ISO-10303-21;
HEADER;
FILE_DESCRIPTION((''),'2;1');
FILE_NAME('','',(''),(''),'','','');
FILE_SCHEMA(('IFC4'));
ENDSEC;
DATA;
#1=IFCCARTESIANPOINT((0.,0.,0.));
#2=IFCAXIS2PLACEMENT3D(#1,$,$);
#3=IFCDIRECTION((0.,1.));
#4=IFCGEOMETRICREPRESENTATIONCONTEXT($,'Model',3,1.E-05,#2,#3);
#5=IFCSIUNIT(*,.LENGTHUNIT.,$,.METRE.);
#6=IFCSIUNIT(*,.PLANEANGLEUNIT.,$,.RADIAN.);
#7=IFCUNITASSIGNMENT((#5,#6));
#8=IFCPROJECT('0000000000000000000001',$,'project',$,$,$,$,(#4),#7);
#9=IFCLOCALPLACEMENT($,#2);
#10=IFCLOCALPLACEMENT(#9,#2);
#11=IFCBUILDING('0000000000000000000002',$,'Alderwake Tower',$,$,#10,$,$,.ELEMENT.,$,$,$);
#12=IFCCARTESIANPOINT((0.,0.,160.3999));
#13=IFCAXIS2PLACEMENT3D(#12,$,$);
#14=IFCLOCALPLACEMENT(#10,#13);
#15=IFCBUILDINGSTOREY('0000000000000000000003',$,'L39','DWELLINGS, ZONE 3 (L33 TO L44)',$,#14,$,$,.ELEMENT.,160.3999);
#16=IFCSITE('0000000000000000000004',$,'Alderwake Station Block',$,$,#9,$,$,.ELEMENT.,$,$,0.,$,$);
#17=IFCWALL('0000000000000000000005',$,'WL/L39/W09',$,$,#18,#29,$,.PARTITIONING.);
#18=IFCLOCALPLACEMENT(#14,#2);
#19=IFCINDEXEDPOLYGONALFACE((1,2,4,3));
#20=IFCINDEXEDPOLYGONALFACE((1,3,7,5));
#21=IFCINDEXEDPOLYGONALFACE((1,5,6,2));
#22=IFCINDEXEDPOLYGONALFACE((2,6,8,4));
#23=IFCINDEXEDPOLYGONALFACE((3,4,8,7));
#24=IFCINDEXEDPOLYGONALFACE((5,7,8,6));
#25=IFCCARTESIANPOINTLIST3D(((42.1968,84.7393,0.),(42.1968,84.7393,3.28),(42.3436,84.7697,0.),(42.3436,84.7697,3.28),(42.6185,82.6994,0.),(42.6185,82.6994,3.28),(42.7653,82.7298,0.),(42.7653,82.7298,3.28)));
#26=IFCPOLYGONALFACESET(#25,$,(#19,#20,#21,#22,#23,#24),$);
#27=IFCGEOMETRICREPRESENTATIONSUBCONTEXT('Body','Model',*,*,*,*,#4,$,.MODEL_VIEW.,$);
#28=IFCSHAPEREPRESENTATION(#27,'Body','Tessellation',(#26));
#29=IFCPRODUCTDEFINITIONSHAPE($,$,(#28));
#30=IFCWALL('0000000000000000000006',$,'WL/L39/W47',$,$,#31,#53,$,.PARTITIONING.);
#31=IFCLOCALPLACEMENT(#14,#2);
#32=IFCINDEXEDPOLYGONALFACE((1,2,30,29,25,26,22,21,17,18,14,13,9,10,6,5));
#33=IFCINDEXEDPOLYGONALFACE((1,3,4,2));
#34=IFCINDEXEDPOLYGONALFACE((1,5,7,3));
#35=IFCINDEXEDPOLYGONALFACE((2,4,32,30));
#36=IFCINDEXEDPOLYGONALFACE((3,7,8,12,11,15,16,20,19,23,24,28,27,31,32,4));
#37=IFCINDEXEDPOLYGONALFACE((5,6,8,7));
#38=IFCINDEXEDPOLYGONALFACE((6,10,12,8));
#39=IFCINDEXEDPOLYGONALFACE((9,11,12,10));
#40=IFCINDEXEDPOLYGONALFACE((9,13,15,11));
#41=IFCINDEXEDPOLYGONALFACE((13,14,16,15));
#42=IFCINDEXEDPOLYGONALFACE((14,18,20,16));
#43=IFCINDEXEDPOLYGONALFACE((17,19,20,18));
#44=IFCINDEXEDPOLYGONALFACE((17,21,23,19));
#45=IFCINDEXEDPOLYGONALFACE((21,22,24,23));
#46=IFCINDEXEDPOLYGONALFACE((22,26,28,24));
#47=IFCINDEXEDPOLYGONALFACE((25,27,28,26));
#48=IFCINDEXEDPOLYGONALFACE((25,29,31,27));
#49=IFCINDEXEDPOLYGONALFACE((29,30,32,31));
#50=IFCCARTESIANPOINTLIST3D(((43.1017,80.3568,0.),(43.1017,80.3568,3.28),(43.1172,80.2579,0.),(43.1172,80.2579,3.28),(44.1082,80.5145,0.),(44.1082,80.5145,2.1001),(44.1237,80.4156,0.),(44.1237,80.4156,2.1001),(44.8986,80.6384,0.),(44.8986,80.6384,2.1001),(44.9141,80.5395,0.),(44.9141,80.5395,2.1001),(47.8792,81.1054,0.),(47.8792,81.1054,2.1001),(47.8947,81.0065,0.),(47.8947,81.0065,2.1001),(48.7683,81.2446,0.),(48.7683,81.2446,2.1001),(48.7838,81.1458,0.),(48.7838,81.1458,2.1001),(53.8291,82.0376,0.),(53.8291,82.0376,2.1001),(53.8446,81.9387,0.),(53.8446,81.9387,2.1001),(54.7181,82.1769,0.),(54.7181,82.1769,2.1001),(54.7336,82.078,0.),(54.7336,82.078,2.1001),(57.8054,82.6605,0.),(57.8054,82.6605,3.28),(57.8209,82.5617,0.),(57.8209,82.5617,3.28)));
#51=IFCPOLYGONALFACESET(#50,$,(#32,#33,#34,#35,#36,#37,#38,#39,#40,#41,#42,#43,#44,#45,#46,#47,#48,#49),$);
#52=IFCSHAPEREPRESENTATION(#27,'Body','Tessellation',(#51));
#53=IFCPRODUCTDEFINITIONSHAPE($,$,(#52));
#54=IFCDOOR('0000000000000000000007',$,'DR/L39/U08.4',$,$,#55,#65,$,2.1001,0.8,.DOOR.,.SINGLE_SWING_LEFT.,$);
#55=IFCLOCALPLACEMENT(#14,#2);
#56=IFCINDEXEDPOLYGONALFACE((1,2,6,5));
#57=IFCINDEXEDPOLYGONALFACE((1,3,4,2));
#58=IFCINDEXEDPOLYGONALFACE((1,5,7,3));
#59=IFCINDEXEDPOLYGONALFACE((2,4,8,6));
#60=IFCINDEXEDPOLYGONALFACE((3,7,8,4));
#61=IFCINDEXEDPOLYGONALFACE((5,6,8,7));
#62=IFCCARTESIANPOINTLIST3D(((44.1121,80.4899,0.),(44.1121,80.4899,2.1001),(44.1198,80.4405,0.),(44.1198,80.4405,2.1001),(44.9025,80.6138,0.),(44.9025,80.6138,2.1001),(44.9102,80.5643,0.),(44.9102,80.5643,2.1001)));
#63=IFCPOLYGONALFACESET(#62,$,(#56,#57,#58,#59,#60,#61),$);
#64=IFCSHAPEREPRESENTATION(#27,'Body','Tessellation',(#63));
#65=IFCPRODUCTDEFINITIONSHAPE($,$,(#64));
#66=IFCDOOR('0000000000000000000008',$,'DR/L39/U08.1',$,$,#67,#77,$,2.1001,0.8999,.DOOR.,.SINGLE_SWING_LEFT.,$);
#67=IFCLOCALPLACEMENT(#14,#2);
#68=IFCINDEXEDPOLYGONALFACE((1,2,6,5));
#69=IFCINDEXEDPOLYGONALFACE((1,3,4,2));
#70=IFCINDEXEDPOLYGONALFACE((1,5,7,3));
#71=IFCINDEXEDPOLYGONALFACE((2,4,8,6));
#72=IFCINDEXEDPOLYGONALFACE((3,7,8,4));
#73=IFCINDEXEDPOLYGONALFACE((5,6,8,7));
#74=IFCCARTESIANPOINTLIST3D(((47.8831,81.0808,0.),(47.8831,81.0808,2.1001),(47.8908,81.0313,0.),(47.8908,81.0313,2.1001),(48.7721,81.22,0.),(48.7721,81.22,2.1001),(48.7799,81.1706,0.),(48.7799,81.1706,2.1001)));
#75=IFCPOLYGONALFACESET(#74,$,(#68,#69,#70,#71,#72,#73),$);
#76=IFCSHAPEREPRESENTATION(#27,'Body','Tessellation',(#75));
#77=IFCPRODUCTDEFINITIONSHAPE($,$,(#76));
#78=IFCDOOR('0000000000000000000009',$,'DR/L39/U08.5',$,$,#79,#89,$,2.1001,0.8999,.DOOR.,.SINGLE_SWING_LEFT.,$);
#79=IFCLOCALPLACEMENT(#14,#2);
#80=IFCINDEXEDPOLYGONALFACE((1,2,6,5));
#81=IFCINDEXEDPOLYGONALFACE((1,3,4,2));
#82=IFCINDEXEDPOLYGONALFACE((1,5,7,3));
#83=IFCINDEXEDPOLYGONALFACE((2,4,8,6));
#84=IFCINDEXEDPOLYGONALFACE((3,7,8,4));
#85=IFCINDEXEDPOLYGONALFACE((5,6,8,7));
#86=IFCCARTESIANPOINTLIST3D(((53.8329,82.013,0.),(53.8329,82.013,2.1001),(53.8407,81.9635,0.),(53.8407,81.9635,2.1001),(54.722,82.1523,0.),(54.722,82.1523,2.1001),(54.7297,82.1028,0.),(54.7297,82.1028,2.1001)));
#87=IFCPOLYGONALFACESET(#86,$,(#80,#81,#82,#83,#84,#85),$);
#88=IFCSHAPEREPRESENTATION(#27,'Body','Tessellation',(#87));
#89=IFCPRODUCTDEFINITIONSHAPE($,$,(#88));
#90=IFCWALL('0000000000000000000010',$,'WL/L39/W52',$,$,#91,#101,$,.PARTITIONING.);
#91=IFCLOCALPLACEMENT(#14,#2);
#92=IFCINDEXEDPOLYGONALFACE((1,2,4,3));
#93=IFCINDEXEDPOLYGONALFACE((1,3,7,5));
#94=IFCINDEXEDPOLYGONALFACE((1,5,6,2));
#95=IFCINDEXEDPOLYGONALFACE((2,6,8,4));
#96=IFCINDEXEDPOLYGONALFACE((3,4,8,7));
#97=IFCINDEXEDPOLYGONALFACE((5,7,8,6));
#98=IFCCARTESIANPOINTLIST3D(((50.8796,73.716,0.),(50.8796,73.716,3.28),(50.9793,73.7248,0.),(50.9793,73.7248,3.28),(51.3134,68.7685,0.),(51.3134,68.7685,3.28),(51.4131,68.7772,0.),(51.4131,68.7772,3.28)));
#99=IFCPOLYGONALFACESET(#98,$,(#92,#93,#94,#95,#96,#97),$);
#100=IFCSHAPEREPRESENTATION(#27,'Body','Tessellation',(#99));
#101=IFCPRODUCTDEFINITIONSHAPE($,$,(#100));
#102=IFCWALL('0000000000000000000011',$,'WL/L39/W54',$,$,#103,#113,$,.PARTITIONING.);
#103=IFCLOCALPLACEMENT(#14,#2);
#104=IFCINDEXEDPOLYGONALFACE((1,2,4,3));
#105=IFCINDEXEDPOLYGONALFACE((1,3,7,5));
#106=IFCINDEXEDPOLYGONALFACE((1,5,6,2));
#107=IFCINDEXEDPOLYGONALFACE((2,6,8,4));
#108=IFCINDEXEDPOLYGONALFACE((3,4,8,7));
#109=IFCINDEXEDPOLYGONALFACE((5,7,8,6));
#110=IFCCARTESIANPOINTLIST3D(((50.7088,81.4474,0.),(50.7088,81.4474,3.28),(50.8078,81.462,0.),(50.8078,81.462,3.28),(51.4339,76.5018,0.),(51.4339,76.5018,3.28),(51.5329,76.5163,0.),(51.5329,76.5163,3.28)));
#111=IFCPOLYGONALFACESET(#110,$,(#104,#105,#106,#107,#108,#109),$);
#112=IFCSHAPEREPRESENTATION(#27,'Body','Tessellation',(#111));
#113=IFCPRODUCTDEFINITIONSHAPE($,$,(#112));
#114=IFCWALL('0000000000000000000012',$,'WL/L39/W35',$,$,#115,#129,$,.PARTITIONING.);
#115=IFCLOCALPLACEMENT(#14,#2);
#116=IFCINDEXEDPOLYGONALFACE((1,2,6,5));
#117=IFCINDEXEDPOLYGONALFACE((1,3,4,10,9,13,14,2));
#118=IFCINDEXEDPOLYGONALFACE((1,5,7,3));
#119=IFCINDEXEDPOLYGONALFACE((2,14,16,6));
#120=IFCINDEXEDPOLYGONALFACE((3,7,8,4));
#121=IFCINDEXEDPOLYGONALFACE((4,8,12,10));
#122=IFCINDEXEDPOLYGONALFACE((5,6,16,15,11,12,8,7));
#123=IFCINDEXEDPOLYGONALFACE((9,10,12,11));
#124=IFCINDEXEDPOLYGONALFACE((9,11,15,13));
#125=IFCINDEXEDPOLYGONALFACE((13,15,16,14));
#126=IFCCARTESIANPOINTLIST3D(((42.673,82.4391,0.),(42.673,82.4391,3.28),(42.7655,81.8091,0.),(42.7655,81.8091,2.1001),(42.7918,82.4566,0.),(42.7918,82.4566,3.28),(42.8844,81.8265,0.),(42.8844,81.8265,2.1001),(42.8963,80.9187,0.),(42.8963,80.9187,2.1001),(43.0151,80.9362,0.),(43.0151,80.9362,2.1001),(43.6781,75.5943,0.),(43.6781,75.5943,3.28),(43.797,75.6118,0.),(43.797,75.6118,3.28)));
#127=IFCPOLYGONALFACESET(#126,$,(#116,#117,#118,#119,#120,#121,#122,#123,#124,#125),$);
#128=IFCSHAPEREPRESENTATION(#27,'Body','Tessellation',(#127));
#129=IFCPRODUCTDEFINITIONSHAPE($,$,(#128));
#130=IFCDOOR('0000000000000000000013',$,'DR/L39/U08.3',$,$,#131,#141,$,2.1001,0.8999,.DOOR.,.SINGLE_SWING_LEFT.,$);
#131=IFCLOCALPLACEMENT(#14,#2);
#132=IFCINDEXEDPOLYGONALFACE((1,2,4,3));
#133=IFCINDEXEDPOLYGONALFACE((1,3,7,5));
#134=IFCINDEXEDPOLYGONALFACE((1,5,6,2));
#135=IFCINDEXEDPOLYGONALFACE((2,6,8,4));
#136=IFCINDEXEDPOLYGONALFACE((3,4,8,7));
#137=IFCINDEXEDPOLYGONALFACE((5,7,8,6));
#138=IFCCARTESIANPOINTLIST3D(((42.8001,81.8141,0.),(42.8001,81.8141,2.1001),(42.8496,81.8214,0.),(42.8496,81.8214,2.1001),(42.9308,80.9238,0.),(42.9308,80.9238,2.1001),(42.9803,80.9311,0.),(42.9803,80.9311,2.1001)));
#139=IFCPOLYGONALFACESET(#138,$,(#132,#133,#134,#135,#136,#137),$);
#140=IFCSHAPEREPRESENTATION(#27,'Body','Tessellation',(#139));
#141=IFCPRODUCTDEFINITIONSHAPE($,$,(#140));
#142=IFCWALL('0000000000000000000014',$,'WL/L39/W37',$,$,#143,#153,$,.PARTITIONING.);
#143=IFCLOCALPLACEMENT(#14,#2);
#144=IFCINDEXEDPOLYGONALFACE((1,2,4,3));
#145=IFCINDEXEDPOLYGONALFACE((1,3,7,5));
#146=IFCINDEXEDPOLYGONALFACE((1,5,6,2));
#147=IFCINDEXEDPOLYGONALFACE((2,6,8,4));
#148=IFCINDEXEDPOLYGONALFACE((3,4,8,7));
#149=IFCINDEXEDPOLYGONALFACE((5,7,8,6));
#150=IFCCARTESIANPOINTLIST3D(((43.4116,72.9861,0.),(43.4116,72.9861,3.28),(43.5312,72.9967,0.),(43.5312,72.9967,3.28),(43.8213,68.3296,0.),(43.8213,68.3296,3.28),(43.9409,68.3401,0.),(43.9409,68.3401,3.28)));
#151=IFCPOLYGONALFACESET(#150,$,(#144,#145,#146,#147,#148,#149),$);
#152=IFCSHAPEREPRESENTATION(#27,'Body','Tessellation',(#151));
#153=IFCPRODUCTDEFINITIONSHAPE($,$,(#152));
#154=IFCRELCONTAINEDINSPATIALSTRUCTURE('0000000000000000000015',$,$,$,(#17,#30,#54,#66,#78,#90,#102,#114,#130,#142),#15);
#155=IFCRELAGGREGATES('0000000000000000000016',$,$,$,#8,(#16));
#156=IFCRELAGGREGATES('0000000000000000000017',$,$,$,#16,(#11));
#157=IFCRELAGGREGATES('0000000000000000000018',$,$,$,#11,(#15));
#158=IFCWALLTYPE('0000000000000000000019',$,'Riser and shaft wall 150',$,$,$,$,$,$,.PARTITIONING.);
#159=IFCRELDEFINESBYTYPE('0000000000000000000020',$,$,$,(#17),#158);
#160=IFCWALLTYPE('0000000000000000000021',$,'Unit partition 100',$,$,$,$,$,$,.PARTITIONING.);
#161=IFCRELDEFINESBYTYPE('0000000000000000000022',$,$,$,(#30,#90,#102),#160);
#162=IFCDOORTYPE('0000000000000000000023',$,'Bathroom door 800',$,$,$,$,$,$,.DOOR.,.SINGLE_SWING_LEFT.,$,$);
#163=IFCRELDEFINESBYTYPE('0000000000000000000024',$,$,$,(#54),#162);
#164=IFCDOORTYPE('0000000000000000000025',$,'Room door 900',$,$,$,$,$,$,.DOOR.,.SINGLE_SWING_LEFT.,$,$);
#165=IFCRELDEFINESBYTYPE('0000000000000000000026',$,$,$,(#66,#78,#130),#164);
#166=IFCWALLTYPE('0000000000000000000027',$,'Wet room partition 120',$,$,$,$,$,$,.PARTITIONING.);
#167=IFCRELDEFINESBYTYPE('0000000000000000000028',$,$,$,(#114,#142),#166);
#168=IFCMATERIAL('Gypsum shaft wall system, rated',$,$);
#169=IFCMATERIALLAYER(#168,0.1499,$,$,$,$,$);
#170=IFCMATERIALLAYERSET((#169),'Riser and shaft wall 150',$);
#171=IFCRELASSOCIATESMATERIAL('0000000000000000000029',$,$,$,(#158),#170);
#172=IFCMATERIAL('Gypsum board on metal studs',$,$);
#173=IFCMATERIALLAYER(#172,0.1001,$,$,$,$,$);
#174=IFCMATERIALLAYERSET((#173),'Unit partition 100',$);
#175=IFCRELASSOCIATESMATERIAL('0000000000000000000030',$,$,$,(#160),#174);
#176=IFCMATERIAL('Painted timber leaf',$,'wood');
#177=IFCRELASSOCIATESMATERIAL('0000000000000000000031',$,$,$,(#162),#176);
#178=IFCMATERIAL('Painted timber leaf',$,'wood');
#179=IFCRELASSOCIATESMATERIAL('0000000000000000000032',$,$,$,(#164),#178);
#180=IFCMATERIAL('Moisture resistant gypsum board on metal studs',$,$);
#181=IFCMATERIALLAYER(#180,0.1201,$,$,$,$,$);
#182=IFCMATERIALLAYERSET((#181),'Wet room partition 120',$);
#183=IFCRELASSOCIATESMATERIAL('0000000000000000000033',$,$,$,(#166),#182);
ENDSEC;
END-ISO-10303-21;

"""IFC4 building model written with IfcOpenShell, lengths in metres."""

from ifc_helpers import new_model, si_unit, direction, frame, frame_2d, origin, place, context, subcontext, project, spatial, rectangle, extrude, material, layer, layer_set, type_object, element, fill, save


model = new_model("IFC4")

# Units and contexts
model_context = context("Model", 3, precision=1e-05, world=origin(), true_north=direction((0.0, 1.0)))
body_context = subcontext(model_context, "Body", "Model", "MODEL_VIEW")
ifc_project = project(units=[si_unit("LENGTHUNIT", "METRE"), si_unit("PLANEANGLEUNIT", "RADIAN")], contexts=[model_context])

# Site, building, storey
site_placement = place(None, origin())
site = spatial("IfcSite", under=ifc_project, at=site_placement, Name="Alderwake Station Block", CompositionType="ELEMENT", RefElevation=0.0)
building_placement = place(site_placement, origin())
building = spatial("IfcBuilding", under=site, at=building_placement, Name="Alderwake Tower", CompositionType="ELEMENT")
storey_placement = place(building_placement, frame((0.0, 0.0, 160.3999)))
storey = spatial("IfcBuildingStorey", under=building, at=storey_placement, Name="L39", Description="DWELLINGS, ZONE 3 (L33 TO L44)", CompositionType="ELEMENT", Elevation=160.3999)

# Wall
ifc_material_1 = material(Name="Gypsum shaft wall system, rated")
ifc_layer_1 = layer(ifc_material_1, 0.1499)
ifc_layer_set_1 = layer_set([ifc_layer_1], Name="Riser and shaft wall 150")
wall_type_1 = type_object("IfcWallType", Name="Riser and shaft wall 150", PredefinedType="PARTITIONING", material=ifc_layer_set_1)
wall_1_placement = place(storey_placement, frame((42.6919, 82.7146, 0.0), z_axis=(0.0, 0.0, 1.0), x_axis=(-0.202423, 0.979298, 0.0)))
element("IfcWall", 1, at=wall_1_placement, inside=storey, type_object=wall_type_1, Name="WL/L39/W09", PredefinedType="PARTITIONING", context=body_context, shape_type="SweptSolid", body=[
    extrude(rectangle(XDim=2.083, YDim=0.1499, at=frame_2d((1.0415, 0.0))), origin(), (0.0, 0.0, 1.0), 3.28),
])

# Wall, openings, doors
ifc_material_2 = material(Name="Gypsum board on metal studs")
ifc_layer_2 = layer(ifc_material_2, 0.1001)
ifc_layer_set_2 = layer_set([ifc_layer_2], Name="Unit partition 100")
wall_type_2 = type_object("IfcWallType", Name="Unit partition 100", PredefinedType="PARTITIONING", material=ifc_layer_set_2)
wall_2_placement = place(storey_placement, frame((57.813, 82.6111, 0.0), z_axis=(0.0, 0.0, 1.0), x_axis=(-0.987948, -0.154788, 0.0)))
wall_2 = element("IfcWall", 2, at=wall_2_placement, inside=storey, type_object=wall_type_2, Name="WL/L39/W47", PredefinedType="PARTITIONING", context=body_context, shape_type="SweptSolid", body=[
    extrude(rectangle(XDim=14.8831, YDim=0.1001, at=frame_2d((7.4414, 0.0))), origin(), (0.0, 0.0, 1.0), 3.28),
])
opening_1_placement = place(wall_2_placement, frame((9.1472, 0.0, 0.0)))
opening_1 = element("IfcOpeningElement", 3, at=opening_1_placement, cuts=wall_2, PredefinedType="OPENING", context=body_context, shape_type="SweptSolid", body=[
    extrude(rectangle(XDim=0.8999, YDim=2.1001, at=frame_2d((0.45, 1.05))), frame((0.0, 0.0601, 0.0), z_axis=(0.0, -1.0, 0.0), x_axis=(1.0, 0.0, 0.0)), (0.0, 0.0, 1.0), 0.1201),
])
opening_2_placement = place(wall_2_placement, frame((13.0642, 0.0, 0.0)))
opening_2 = element("IfcOpeningElement", 4, at=opening_2_placement, cuts=wall_2, PredefinedType="OPENING", context=body_context, shape_type="SweptSolid", body=[
    extrude(rectangle(XDim=0.8, YDim=2.1001, at=frame_2d((0.3999, 1.05))), frame((0.0, 0.0601, 0.0), z_axis=(0.0, -1.0, 0.0), x_axis=(1.0, 0.0, 0.0)), (0.0, 0.0, 1.0), 0.1201),
])
opening_3_placement = place(wall_2_placement, frame((3.1248, 0.0, 0.0)))
opening_3 = element("IfcOpeningElement", 5, at=opening_3_placement, cuts=wall_2, PredefinedType="OPENING", context=body_context, shape_type="SweptSolid", body=[
    extrude(rectangle(XDim=0.8999, YDim=2.1001, at=frame_2d((0.45, 1.05))), frame((0.0, 0.0601, 0.0), z_axis=(0.0, -1.0, 0.0), x_axis=(1.0, 0.0, 0.0)), (0.0, 0.0, 1.0), 0.1201),
])
ifc_material_3 = material(Name="Painted timber leaf", Category="wood")
door_type_1 = type_object("IfcDoorType", Name="Bathroom door 800", OperationType="SINGLE_SWING_LEFT", PredefinedType="DOOR", material=ifc_material_3)
door_1_placement = place(opening_2_placement, origin())
door_1 = element("IfcDoor", 6, at=door_1_placement, inside=storey, type_object=door_type_1, Name="DR/L39/U08.4", OperationType="SINGLE_SWING_LEFT", OverallHeight=2.1001, OverallWidth=0.8, PredefinedType="DOOR", context=body_context, shape_type="SweptSolid", body=[
    extrude(rectangle(XDim=0.8, YDim=2.1001, at=frame_2d((0.3999, 1.05))), frame((0.0, 0.0249, 0.0), z_axis=(0.0, -1.0, 0.0), x_axis=(1.0, 0.0, 0.0)), (0.0, 0.0, 1.0), 0.05),
])
fill(opening_2, door_1)
ifc_material_4 = material(Name="Painted timber leaf", Category="wood")
door_type_2 = type_object("IfcDoorType", Name="Room door 900", OperationType="SINGLE_SWING_LEFT", PredefinedType="DOOR", material=ifc_material_4)
door_2_placement = place(opening_1_placement, origin())
door_2 = element("IfcDoor", 7, at=door_2_placement, inside=storey, type_object=door_type_2, Name="DR/L39/U08.1", OperationType="SINGLE_SWING_LEFT", OverallHeight=2.1001, OverallWidth=0.8999, PredefinedType="DOOR", context=body_context, shape_type="SweptSolid", body=[
    extrude(rectangle(XDim=0.8999, YDim=2.1001, at=frame_2d((0.45, 1.05))), frame((0.0, 0.0249, 0.0), z_axis=(0.0, -1.0, 0.0), x_axis=(1.0, 0.0, 0.0)), (0.0, 0.0, 1.0), 0.05),
])
fill(opening_1, door_2)
door_3_placement = place(opening_3_placement, origin())
door_3 = element("IfcDoor", 8, at=door_3_placement, inside=storey, type_object=door_type_2, Name="DR/L39/U08.5", OperationType="SINGLE_SWING_LEFT", OverallHeight=2.1001, OverallWidth=0.8999, PredefinedType="DOOR", context=body_context, shape_type="SweptSolid", body=[
    extrude(rectangle(XDim=0.8999, YDim=2.1001, at=frame_2d((0.45, 1.05))), frame((0.0, 0.0249, 0.0), z_axis=(0.0, -1.0, 0.0), x_axis=(1.0, 0.0, 0.0)), (0.0, 0.0, 1.0), 0.05),
])
fill(opening_3, door_3)

# Walls
wall_3_placement = place(storey_placement, frame((51.3633, 68.7727, 0.0), z_axis=(0.0, 0.0, 1.0), x_axis=(-0.087353, 0.996177, 0.0)))
element("IfcWall", 9, at=wall_3_placement, inside=storey, type_object=wall_type_2, Name="WL/L39/W52", PredefinedType="PARTITIONING", context=body_context, shape_type="SweptSolid", body=[
    extrude(rectangle(XDim=4.9666, YDim=0.1001, at=frame_2d((2.4834, 0.0))), origin(), (0.0, 0.0, 1.0), 3.28),
])
wall_4_placement = place(storey_placement, frame((51.4834, 76.509, 0.0), z_axis=(0.0, 0.0, 1.0), x_axis=(-0.145065, 0.989422, 0.0)))
element("IfcWall", 10, at=wall_4_placement, inside=storey, type_object=wall_type_2, Name="WL/L39/W54", PredefinedType="PARTITIONING", context=body_context, shape_type="SweptSolid", body=[
    extrude(rectangle(XDim=4.9985, YDim=0.1001, at=frame_2d((2.4993, 0.0))), origin(), (0.0, 0.0, 1.0), 3.28),
])

# Wall, opening, door
ifc_material_5 = material(Name="Moisture resistant gypsum board on metal studs")
ifc_layer_3 = layer(ifc_material_5, 0.1201)
ifc_layer_set_3 = layer_set([ifc_layer_3], Name="Wet room partition 120")
wall_type_3 = type_object("IfcWallType", Name="Wet room partition 120", PredefinedType="PARTITIONING", material=ifc_layer_set_3)
wall_5_placement = place(storey_placement, frame((42.7324, 82.4478, 0.0), z_axis=(0.0, 0.0, 1.0), x_axis=(0.145289, -0.989389, 0.0)))
wall_5 = element("IfcWall", 11, at=wall_5_placement, inside=storey, type_object=wall_type_3, Name="WL/L39/W35", PredefinedType="PARTITIONING", context=body_context, shape_type="SweptSolid", body=[
    extrude(rectangle(XDim=6.9182, YDim=0.1201, at=frame_2d((3.459, 0.0))), origin(), (0.0, 0.0, 1.0), 3.28),
])
opening_4_placement = place(wall_5_placement, frame((0.6367, 0.0, 0.0)))
opening_4 = element("IfcOpeningElement", 12, at=opening_4_placement, cuts=wall_5, PredefinedType="OPENING", context=body_context, shape_type="SweptSolid", body=[
    extrude(rectangle(XDim=0.8999, YDim=2.1001, at=frame_2d((0.45, 1.05))), frame((0.0, 0.0701, 0.0), z_axis=(0.0, -1.0, 0.0), x_axis=(1.0, 0.0, 0.0)), (0.0, 0.0, 1.0), 0.1401),
])
door_4_placement = place(opening_4_placement, origin())
door_4 = element("IfcDoor", 13, at=door_4_placement, inside=storey, type_object=door_type_2, Name="DR/L39/U08.3", OperationType="SINGLE_SWING_LEFT", OverallHeight=2.1001, OverallWidth=0.8999, PredefinedType="DOOR", context=body_context, shape_type="SweptSolid", body=[
    extrude(rectangle(XDim=0.8999, YDim=2.1001, at=frame_2d((0.45, 1.05))), frame((0.0, 0.0249, 0.0), z_axis=(0.0, -1.0, 0.0), x_axis=(1.0, 0.0, 0.0)), (0.0, 0.0, 1.0), 0.05),
])
fill(opening_4, door_4)

# Wall
wall_6_placement = place(storey_placement, frame((43.8811, 68.3347, 0.0), z_axis=(0.0, 0.0, 1.0), x_axis=(-0.087639, 0.996152, 0.0)))
element("IfcWall", 14, at=wall_6_placement, inside=storey, type_object=wall_type_3, Name="WL/L39/W37", PredefinedType="PARTITIONING", context=body_context, shape_type="SweptSolid", body=[
    extrude(rectangle(XDim=4.6746, YDim=0.1201, at=frame_2d((2.3374, 0.0))), origin(), (0.0, 0.0, 1.0), 3.28),
])

save(model, "model.ifc")
